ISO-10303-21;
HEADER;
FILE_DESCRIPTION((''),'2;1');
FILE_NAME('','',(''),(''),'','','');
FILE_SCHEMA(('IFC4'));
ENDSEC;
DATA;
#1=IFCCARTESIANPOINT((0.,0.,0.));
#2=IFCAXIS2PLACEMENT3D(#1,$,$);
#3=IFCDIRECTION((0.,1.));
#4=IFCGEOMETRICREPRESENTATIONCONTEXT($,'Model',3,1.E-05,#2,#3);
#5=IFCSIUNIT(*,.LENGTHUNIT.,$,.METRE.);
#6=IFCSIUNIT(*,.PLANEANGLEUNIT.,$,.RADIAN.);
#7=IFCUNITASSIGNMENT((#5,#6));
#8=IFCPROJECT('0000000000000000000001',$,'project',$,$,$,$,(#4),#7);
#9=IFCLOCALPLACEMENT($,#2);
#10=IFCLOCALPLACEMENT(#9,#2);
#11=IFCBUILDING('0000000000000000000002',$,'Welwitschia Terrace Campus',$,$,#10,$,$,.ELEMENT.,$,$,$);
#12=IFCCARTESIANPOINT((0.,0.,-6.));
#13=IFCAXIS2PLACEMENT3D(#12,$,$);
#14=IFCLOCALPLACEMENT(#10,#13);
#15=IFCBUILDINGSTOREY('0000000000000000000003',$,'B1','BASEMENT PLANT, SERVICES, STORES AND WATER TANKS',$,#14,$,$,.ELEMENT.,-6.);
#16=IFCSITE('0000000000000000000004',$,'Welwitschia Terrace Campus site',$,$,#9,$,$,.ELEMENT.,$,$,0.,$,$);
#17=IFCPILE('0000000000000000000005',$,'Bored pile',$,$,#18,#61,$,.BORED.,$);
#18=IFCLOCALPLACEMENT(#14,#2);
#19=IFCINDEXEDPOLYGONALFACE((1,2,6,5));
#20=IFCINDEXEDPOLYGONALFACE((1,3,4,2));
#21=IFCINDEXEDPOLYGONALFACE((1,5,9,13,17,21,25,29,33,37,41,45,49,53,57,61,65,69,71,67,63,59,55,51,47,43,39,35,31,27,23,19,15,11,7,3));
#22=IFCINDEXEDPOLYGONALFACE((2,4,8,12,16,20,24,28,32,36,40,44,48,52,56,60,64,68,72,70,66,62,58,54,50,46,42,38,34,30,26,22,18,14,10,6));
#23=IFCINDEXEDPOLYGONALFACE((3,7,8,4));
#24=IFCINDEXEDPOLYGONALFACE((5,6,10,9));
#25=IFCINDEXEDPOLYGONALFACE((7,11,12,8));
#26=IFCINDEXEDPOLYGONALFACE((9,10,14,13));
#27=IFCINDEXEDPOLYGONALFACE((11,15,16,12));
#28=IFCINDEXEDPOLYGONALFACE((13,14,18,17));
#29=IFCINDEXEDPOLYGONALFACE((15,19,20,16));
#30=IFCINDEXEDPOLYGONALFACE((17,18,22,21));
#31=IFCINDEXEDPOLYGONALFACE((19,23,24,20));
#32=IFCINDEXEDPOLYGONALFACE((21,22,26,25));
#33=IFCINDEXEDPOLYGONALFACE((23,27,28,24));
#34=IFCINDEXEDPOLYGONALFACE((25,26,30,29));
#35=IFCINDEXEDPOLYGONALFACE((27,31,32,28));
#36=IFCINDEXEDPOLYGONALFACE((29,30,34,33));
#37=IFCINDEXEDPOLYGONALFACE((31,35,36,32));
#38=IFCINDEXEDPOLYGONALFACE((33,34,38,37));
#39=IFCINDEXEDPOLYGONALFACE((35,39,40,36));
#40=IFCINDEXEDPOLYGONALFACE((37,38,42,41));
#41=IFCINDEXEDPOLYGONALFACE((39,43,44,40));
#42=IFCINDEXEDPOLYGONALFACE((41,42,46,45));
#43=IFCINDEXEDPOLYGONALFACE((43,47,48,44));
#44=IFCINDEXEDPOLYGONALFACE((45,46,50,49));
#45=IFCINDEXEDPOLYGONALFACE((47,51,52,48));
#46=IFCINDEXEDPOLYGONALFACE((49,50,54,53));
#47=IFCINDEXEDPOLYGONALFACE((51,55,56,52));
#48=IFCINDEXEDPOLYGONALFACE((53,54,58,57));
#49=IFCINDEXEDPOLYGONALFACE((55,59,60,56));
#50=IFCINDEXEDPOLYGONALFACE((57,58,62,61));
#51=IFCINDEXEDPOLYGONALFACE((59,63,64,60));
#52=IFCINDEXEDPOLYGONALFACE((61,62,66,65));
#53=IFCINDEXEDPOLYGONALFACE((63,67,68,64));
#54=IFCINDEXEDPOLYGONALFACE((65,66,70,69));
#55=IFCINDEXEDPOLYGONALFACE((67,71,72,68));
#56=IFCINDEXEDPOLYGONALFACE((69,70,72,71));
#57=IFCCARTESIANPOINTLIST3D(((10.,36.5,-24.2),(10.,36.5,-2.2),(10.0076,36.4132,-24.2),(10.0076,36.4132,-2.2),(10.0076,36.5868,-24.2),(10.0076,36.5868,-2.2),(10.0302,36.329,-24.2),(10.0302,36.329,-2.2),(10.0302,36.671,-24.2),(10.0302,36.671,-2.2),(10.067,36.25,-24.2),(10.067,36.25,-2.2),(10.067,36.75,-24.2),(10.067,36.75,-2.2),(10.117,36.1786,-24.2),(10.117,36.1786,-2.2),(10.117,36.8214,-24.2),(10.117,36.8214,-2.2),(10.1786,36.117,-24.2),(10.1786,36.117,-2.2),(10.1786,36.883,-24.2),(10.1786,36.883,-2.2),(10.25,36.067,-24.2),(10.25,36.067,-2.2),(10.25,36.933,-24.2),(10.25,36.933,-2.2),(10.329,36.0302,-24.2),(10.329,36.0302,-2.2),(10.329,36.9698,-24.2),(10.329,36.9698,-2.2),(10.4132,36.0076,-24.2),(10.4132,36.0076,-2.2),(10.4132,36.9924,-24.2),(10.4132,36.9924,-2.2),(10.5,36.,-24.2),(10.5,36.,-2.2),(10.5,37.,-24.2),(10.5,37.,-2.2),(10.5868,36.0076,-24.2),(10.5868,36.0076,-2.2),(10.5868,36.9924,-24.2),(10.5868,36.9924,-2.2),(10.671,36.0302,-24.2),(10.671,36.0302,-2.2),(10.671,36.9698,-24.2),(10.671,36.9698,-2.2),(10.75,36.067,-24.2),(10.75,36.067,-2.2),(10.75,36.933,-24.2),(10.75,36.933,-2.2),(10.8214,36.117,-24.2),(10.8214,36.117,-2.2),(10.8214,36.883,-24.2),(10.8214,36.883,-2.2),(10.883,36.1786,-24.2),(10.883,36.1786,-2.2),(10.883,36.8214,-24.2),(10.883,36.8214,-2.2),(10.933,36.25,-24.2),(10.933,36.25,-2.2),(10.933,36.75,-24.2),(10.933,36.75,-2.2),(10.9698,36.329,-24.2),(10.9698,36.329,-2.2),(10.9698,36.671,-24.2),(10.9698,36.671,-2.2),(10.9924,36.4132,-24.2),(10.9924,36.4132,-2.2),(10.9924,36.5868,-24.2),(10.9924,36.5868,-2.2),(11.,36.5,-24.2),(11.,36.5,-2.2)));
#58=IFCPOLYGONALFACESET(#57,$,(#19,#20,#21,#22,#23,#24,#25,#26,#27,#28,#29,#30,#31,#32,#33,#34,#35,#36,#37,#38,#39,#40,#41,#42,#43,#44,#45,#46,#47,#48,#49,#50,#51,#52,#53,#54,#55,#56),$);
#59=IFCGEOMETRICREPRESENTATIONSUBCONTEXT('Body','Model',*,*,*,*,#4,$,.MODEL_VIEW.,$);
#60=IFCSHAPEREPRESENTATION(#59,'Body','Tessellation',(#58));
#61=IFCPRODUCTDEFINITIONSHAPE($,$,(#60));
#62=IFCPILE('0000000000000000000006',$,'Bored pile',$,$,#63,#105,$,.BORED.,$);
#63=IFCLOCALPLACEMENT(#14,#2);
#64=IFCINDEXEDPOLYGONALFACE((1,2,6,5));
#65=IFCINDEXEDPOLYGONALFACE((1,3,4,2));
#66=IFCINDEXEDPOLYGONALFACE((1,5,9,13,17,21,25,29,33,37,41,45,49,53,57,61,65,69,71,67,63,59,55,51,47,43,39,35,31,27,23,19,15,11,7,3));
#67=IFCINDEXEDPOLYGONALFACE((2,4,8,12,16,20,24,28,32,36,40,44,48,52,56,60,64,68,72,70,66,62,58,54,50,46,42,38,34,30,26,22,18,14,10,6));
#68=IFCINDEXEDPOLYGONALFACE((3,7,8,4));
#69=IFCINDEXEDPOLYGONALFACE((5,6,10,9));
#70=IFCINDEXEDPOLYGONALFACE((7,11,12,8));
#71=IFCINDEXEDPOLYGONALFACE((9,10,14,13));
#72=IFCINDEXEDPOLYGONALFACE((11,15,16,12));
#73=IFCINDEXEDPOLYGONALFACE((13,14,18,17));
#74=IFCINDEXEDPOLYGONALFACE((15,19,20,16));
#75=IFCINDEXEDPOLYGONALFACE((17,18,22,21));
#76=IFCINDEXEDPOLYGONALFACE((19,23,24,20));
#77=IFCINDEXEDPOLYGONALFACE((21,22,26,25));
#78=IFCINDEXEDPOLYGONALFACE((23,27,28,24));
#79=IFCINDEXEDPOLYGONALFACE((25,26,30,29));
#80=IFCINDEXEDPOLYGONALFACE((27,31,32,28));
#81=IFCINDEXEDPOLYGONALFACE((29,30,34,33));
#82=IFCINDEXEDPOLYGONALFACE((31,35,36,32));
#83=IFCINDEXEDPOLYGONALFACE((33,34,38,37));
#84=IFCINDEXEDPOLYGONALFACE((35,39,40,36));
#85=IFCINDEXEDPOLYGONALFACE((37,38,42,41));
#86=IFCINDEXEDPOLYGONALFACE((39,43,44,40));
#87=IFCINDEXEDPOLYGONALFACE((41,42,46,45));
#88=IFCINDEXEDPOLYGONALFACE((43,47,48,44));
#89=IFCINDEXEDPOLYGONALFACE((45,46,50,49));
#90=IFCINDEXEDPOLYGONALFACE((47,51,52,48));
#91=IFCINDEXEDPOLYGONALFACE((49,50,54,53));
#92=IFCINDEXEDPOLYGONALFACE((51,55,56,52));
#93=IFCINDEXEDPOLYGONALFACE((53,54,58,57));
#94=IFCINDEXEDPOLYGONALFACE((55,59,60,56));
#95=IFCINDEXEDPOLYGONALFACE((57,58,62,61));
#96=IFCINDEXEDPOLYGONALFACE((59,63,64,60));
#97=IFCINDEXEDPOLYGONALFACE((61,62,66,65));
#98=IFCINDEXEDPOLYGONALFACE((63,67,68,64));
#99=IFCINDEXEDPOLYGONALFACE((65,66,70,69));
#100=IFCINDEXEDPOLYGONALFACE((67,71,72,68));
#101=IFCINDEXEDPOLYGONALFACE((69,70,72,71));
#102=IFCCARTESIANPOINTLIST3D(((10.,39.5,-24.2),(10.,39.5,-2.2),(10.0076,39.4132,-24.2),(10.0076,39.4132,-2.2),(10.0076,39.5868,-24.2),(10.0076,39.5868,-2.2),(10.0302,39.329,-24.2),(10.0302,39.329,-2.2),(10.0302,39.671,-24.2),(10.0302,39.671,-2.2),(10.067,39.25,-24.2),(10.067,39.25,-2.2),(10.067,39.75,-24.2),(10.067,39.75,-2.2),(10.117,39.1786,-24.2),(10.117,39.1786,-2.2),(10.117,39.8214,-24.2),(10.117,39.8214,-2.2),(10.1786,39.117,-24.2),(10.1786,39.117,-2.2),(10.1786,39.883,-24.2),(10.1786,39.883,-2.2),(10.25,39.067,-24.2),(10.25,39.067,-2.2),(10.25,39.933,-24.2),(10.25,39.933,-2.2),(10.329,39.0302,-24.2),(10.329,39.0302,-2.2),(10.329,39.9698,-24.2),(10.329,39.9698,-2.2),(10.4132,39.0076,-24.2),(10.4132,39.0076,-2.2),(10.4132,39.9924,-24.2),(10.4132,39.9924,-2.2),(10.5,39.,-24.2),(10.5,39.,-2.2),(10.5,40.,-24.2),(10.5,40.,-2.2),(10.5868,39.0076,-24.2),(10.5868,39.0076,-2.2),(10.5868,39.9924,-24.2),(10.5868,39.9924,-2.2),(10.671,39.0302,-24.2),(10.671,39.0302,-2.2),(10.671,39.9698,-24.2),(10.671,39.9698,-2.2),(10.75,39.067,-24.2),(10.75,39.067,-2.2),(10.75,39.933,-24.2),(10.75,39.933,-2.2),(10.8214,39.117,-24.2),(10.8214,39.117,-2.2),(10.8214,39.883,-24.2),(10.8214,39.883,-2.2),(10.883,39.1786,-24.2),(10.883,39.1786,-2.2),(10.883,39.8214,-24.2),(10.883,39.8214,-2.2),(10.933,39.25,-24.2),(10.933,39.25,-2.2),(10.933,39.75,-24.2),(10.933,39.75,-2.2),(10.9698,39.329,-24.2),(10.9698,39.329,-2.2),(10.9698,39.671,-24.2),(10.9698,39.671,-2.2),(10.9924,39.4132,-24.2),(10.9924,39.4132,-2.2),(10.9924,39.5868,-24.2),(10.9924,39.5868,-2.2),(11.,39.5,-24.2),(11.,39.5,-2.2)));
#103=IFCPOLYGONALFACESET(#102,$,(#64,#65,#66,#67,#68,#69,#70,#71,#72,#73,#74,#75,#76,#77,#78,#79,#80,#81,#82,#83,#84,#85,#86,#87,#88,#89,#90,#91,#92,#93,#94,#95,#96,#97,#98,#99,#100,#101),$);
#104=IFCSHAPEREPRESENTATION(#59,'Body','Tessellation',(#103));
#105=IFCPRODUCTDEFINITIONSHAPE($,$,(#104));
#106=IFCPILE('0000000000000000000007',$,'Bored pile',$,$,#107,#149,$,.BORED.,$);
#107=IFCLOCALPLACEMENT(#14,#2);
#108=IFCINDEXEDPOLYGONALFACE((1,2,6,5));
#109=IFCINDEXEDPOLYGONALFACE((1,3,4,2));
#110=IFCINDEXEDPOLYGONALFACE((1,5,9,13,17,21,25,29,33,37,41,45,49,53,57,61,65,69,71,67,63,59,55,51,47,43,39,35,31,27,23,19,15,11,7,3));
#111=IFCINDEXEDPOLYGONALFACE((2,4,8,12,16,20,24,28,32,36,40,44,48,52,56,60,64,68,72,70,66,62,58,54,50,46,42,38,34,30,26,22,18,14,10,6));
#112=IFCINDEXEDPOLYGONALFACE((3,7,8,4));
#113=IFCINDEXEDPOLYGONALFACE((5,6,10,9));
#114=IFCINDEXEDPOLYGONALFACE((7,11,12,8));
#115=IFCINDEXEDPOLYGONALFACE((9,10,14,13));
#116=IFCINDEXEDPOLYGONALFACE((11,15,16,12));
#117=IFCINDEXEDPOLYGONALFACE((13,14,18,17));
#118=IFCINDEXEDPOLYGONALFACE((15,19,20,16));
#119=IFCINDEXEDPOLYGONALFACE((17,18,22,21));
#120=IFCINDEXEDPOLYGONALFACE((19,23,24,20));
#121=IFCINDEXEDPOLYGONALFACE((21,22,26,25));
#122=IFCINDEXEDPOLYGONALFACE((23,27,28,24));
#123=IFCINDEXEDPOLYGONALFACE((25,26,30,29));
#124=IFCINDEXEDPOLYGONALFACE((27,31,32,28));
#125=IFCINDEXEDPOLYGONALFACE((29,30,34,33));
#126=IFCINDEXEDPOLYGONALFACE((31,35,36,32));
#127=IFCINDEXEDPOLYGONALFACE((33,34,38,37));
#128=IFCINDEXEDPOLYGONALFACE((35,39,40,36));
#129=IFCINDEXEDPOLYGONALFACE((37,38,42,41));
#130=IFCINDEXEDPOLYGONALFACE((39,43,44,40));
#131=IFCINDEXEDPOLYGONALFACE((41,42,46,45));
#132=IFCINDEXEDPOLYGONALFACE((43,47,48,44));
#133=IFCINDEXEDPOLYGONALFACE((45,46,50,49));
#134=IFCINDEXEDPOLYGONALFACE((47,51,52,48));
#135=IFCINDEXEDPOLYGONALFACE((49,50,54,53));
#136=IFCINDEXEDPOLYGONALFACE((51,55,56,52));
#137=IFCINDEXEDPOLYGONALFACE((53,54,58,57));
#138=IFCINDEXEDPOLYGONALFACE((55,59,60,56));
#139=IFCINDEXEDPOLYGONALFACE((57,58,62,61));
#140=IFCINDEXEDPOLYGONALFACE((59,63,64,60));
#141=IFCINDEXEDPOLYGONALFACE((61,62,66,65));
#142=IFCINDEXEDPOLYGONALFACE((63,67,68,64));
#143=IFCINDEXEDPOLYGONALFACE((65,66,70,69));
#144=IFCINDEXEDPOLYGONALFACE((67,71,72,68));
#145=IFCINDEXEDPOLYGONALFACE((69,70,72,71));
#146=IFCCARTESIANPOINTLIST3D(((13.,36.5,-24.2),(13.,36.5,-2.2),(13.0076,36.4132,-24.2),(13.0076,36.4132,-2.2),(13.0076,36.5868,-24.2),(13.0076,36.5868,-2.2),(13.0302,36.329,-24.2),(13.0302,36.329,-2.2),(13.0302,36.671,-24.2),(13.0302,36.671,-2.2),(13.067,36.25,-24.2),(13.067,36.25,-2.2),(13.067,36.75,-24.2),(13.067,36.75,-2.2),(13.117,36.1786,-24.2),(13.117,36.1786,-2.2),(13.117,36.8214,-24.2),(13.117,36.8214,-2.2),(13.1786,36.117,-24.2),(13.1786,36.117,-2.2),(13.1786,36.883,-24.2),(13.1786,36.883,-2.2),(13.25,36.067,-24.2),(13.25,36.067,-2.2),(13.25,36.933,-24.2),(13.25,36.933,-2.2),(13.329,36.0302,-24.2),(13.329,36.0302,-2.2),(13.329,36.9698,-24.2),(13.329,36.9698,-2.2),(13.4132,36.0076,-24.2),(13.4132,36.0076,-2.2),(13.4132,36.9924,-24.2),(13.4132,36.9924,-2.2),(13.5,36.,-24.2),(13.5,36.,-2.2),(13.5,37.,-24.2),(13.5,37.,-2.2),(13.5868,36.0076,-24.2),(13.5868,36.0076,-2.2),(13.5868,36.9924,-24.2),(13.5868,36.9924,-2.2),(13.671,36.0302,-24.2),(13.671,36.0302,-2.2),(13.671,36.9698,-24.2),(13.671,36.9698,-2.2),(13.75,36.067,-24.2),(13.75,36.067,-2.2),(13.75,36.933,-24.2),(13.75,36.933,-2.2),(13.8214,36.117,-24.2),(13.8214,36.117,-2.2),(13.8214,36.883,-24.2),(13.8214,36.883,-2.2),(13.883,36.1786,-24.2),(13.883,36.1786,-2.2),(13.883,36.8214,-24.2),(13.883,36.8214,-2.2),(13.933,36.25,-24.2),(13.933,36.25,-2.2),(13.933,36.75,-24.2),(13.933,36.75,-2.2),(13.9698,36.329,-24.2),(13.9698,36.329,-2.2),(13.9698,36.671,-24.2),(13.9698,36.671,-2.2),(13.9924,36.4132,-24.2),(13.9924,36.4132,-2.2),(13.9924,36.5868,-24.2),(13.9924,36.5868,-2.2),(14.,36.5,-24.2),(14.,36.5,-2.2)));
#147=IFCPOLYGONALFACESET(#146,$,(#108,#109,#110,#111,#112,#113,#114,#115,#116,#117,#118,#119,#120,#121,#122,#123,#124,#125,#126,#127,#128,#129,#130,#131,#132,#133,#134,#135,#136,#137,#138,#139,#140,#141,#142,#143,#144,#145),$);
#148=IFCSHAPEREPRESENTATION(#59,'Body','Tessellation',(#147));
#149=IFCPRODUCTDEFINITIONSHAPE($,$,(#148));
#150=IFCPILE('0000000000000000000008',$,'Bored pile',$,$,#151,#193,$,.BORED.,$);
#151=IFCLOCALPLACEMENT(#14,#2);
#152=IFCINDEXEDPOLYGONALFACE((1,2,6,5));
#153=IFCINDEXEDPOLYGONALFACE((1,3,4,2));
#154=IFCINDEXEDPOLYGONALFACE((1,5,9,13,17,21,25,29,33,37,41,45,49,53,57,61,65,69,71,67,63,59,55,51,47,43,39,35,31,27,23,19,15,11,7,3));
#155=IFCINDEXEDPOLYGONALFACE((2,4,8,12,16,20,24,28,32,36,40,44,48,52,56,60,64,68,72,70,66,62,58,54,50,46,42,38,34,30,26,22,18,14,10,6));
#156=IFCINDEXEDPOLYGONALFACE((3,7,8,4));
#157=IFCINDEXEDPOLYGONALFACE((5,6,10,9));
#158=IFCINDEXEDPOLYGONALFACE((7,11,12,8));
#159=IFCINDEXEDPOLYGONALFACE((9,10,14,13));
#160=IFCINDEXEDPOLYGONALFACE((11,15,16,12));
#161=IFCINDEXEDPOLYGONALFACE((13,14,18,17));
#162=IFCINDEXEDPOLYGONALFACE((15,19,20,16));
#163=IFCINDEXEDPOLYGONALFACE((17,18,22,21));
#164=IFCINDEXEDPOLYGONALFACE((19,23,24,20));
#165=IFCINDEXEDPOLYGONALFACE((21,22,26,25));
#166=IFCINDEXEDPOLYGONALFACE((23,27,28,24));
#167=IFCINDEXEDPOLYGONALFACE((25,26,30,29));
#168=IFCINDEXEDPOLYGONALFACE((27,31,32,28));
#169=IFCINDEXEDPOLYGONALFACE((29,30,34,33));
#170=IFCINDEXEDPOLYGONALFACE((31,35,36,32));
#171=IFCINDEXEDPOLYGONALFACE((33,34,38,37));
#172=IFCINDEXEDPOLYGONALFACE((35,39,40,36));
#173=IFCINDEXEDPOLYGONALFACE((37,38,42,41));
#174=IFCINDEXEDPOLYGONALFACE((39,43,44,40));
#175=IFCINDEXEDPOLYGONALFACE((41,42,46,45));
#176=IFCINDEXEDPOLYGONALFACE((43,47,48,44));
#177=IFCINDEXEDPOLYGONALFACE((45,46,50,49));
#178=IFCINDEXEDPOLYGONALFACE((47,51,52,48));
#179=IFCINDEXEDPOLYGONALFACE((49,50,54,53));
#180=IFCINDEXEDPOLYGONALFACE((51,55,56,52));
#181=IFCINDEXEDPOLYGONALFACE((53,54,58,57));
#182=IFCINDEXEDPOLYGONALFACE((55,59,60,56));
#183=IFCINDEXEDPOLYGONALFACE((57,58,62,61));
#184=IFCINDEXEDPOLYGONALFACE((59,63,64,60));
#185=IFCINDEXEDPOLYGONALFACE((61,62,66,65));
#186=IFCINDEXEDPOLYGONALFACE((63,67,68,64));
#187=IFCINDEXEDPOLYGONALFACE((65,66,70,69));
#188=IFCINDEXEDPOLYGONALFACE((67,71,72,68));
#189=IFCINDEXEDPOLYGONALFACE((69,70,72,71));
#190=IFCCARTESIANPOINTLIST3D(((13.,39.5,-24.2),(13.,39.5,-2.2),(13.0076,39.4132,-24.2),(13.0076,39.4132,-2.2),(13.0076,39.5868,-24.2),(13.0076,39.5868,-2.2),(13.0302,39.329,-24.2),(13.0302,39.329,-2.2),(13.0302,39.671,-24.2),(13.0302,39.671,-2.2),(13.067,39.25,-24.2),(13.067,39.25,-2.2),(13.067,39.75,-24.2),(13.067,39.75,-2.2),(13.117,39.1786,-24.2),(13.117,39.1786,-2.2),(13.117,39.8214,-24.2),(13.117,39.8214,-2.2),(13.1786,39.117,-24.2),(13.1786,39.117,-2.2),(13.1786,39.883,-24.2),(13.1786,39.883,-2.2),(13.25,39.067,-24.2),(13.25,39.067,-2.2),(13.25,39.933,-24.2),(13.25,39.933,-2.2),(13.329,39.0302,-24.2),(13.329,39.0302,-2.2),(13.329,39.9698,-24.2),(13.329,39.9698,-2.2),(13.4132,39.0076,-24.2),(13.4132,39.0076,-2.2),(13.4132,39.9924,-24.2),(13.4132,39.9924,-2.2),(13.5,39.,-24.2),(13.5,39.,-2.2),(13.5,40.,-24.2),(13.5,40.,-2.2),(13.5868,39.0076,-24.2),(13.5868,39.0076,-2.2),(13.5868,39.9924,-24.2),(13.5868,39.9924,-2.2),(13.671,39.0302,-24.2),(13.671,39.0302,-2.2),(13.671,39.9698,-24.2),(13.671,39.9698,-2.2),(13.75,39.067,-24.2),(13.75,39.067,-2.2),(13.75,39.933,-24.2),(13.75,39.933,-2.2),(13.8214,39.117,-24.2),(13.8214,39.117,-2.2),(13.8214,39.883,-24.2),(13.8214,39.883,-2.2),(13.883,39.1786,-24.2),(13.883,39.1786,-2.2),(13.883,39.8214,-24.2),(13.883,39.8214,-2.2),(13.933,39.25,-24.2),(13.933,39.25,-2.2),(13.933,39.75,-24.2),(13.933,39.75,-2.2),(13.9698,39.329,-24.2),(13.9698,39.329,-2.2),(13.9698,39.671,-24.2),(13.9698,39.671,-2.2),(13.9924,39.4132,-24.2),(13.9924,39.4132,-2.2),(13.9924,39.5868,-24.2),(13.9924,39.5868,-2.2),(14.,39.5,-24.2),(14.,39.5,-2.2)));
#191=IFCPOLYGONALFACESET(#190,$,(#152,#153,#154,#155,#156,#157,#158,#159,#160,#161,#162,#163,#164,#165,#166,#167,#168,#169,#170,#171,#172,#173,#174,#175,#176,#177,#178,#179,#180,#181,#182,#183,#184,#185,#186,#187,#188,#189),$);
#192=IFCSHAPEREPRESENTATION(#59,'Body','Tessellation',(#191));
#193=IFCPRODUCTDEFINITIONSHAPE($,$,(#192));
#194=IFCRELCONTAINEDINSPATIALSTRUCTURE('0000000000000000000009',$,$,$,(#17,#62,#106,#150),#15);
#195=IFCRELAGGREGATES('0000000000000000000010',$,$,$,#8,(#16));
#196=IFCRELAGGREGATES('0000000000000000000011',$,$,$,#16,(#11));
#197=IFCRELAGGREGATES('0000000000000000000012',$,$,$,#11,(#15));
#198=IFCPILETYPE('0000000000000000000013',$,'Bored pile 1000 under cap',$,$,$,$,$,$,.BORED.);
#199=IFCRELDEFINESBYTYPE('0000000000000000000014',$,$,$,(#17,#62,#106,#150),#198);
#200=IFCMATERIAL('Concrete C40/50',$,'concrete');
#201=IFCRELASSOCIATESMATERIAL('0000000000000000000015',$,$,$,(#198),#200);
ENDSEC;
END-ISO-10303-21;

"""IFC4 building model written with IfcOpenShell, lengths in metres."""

from ifc_helpers import new_model, si_unit, direction, frame, origin, origin_2d, place, context, subcontext, project, spatial, circle, extrude, material, type_object, element, save


model = new_model("IFC4")

# Units and contexts
model_context = context("Model", 3, precision=1e-05, world=origin(), true_north=direction((0.0, 1.0)))
body_context = subcontext(model_context, "Body", "Model", "MODEL_VIEW")
ifc_project = project(units=[si_unit("LENGTHUNIT", "METRE"), si_unit("PLANEANGLEUNIT", "RADIAN")], contexts=[model_context])

# Site, building, storey
site_placement = place(None, origin())
site = spatial("IfcSite", under=ifc_project, at=site_placement, Name="Welwitschia Terrace Campus site", CompositionType="ELEMENT", RefElevation=0.0)
building_placement = place(site_placement, origin())
building = spatial("IfcBuilding", under=site, at=building_placement, Name="Welwitschia Terrace Campus", CompositionType="ELEMENT")
storey_placement = place(building_placement, frame((0.0, 0.0, -6.0)))
storey = spatial("IfcBuildingStorey", under=building, at=storey_placement, Name="B1", Description="BASEMENT PLANT, SERVICES, STORES AND WATER TANKS", CompositionType="ELEMENT", Elevation=-6.0)

# Piles
ifc_material_1 = material(Name="Concrete C40/50", Category="concrete")
pile_type = type_object("IfcPileType", Name="Bored pile 1000 under cap", PredefinedType="BORED", material=ifc_material_1)
for number, where, z_axis, x_axis, name in (
    (1, (10.5, 36.5, -2.2), (0.0, 0.0, -1.0), (1.0, 0.0, 0.0), "Bored pile"),
    (2, (10.5, 39.5, -2.2), (0.0, 0.0, -1.0), (1.0, 0.0, 0.0), "Bored pile"),
    (3, (13.5, 36.5, -2.2), (0.0, 0.0, -1.0), (1.0, 0.0, 0.0), "Bored pile"),
    (4, (13.5, 39.5, -2.2), (0.0, 0.0, -1.0), (1.0, 0.0, 0.0), "Bored pile"),
):
    element("IfcPile", number, at=place(storey_placement, frame(where, z_axis=z_axis, x_axis=x_axis)), inside=storey, type_object=pile_type, Name=name, PredefinedType="BORED", context=body_context, shape_type="SweptSolid", body=[
        extrude(circle(Radius=0.5, at=origin_2d()), origin(), (0.0, 0.0, 1.0), 22.0),
    ])

save(model, "model.ifc")
